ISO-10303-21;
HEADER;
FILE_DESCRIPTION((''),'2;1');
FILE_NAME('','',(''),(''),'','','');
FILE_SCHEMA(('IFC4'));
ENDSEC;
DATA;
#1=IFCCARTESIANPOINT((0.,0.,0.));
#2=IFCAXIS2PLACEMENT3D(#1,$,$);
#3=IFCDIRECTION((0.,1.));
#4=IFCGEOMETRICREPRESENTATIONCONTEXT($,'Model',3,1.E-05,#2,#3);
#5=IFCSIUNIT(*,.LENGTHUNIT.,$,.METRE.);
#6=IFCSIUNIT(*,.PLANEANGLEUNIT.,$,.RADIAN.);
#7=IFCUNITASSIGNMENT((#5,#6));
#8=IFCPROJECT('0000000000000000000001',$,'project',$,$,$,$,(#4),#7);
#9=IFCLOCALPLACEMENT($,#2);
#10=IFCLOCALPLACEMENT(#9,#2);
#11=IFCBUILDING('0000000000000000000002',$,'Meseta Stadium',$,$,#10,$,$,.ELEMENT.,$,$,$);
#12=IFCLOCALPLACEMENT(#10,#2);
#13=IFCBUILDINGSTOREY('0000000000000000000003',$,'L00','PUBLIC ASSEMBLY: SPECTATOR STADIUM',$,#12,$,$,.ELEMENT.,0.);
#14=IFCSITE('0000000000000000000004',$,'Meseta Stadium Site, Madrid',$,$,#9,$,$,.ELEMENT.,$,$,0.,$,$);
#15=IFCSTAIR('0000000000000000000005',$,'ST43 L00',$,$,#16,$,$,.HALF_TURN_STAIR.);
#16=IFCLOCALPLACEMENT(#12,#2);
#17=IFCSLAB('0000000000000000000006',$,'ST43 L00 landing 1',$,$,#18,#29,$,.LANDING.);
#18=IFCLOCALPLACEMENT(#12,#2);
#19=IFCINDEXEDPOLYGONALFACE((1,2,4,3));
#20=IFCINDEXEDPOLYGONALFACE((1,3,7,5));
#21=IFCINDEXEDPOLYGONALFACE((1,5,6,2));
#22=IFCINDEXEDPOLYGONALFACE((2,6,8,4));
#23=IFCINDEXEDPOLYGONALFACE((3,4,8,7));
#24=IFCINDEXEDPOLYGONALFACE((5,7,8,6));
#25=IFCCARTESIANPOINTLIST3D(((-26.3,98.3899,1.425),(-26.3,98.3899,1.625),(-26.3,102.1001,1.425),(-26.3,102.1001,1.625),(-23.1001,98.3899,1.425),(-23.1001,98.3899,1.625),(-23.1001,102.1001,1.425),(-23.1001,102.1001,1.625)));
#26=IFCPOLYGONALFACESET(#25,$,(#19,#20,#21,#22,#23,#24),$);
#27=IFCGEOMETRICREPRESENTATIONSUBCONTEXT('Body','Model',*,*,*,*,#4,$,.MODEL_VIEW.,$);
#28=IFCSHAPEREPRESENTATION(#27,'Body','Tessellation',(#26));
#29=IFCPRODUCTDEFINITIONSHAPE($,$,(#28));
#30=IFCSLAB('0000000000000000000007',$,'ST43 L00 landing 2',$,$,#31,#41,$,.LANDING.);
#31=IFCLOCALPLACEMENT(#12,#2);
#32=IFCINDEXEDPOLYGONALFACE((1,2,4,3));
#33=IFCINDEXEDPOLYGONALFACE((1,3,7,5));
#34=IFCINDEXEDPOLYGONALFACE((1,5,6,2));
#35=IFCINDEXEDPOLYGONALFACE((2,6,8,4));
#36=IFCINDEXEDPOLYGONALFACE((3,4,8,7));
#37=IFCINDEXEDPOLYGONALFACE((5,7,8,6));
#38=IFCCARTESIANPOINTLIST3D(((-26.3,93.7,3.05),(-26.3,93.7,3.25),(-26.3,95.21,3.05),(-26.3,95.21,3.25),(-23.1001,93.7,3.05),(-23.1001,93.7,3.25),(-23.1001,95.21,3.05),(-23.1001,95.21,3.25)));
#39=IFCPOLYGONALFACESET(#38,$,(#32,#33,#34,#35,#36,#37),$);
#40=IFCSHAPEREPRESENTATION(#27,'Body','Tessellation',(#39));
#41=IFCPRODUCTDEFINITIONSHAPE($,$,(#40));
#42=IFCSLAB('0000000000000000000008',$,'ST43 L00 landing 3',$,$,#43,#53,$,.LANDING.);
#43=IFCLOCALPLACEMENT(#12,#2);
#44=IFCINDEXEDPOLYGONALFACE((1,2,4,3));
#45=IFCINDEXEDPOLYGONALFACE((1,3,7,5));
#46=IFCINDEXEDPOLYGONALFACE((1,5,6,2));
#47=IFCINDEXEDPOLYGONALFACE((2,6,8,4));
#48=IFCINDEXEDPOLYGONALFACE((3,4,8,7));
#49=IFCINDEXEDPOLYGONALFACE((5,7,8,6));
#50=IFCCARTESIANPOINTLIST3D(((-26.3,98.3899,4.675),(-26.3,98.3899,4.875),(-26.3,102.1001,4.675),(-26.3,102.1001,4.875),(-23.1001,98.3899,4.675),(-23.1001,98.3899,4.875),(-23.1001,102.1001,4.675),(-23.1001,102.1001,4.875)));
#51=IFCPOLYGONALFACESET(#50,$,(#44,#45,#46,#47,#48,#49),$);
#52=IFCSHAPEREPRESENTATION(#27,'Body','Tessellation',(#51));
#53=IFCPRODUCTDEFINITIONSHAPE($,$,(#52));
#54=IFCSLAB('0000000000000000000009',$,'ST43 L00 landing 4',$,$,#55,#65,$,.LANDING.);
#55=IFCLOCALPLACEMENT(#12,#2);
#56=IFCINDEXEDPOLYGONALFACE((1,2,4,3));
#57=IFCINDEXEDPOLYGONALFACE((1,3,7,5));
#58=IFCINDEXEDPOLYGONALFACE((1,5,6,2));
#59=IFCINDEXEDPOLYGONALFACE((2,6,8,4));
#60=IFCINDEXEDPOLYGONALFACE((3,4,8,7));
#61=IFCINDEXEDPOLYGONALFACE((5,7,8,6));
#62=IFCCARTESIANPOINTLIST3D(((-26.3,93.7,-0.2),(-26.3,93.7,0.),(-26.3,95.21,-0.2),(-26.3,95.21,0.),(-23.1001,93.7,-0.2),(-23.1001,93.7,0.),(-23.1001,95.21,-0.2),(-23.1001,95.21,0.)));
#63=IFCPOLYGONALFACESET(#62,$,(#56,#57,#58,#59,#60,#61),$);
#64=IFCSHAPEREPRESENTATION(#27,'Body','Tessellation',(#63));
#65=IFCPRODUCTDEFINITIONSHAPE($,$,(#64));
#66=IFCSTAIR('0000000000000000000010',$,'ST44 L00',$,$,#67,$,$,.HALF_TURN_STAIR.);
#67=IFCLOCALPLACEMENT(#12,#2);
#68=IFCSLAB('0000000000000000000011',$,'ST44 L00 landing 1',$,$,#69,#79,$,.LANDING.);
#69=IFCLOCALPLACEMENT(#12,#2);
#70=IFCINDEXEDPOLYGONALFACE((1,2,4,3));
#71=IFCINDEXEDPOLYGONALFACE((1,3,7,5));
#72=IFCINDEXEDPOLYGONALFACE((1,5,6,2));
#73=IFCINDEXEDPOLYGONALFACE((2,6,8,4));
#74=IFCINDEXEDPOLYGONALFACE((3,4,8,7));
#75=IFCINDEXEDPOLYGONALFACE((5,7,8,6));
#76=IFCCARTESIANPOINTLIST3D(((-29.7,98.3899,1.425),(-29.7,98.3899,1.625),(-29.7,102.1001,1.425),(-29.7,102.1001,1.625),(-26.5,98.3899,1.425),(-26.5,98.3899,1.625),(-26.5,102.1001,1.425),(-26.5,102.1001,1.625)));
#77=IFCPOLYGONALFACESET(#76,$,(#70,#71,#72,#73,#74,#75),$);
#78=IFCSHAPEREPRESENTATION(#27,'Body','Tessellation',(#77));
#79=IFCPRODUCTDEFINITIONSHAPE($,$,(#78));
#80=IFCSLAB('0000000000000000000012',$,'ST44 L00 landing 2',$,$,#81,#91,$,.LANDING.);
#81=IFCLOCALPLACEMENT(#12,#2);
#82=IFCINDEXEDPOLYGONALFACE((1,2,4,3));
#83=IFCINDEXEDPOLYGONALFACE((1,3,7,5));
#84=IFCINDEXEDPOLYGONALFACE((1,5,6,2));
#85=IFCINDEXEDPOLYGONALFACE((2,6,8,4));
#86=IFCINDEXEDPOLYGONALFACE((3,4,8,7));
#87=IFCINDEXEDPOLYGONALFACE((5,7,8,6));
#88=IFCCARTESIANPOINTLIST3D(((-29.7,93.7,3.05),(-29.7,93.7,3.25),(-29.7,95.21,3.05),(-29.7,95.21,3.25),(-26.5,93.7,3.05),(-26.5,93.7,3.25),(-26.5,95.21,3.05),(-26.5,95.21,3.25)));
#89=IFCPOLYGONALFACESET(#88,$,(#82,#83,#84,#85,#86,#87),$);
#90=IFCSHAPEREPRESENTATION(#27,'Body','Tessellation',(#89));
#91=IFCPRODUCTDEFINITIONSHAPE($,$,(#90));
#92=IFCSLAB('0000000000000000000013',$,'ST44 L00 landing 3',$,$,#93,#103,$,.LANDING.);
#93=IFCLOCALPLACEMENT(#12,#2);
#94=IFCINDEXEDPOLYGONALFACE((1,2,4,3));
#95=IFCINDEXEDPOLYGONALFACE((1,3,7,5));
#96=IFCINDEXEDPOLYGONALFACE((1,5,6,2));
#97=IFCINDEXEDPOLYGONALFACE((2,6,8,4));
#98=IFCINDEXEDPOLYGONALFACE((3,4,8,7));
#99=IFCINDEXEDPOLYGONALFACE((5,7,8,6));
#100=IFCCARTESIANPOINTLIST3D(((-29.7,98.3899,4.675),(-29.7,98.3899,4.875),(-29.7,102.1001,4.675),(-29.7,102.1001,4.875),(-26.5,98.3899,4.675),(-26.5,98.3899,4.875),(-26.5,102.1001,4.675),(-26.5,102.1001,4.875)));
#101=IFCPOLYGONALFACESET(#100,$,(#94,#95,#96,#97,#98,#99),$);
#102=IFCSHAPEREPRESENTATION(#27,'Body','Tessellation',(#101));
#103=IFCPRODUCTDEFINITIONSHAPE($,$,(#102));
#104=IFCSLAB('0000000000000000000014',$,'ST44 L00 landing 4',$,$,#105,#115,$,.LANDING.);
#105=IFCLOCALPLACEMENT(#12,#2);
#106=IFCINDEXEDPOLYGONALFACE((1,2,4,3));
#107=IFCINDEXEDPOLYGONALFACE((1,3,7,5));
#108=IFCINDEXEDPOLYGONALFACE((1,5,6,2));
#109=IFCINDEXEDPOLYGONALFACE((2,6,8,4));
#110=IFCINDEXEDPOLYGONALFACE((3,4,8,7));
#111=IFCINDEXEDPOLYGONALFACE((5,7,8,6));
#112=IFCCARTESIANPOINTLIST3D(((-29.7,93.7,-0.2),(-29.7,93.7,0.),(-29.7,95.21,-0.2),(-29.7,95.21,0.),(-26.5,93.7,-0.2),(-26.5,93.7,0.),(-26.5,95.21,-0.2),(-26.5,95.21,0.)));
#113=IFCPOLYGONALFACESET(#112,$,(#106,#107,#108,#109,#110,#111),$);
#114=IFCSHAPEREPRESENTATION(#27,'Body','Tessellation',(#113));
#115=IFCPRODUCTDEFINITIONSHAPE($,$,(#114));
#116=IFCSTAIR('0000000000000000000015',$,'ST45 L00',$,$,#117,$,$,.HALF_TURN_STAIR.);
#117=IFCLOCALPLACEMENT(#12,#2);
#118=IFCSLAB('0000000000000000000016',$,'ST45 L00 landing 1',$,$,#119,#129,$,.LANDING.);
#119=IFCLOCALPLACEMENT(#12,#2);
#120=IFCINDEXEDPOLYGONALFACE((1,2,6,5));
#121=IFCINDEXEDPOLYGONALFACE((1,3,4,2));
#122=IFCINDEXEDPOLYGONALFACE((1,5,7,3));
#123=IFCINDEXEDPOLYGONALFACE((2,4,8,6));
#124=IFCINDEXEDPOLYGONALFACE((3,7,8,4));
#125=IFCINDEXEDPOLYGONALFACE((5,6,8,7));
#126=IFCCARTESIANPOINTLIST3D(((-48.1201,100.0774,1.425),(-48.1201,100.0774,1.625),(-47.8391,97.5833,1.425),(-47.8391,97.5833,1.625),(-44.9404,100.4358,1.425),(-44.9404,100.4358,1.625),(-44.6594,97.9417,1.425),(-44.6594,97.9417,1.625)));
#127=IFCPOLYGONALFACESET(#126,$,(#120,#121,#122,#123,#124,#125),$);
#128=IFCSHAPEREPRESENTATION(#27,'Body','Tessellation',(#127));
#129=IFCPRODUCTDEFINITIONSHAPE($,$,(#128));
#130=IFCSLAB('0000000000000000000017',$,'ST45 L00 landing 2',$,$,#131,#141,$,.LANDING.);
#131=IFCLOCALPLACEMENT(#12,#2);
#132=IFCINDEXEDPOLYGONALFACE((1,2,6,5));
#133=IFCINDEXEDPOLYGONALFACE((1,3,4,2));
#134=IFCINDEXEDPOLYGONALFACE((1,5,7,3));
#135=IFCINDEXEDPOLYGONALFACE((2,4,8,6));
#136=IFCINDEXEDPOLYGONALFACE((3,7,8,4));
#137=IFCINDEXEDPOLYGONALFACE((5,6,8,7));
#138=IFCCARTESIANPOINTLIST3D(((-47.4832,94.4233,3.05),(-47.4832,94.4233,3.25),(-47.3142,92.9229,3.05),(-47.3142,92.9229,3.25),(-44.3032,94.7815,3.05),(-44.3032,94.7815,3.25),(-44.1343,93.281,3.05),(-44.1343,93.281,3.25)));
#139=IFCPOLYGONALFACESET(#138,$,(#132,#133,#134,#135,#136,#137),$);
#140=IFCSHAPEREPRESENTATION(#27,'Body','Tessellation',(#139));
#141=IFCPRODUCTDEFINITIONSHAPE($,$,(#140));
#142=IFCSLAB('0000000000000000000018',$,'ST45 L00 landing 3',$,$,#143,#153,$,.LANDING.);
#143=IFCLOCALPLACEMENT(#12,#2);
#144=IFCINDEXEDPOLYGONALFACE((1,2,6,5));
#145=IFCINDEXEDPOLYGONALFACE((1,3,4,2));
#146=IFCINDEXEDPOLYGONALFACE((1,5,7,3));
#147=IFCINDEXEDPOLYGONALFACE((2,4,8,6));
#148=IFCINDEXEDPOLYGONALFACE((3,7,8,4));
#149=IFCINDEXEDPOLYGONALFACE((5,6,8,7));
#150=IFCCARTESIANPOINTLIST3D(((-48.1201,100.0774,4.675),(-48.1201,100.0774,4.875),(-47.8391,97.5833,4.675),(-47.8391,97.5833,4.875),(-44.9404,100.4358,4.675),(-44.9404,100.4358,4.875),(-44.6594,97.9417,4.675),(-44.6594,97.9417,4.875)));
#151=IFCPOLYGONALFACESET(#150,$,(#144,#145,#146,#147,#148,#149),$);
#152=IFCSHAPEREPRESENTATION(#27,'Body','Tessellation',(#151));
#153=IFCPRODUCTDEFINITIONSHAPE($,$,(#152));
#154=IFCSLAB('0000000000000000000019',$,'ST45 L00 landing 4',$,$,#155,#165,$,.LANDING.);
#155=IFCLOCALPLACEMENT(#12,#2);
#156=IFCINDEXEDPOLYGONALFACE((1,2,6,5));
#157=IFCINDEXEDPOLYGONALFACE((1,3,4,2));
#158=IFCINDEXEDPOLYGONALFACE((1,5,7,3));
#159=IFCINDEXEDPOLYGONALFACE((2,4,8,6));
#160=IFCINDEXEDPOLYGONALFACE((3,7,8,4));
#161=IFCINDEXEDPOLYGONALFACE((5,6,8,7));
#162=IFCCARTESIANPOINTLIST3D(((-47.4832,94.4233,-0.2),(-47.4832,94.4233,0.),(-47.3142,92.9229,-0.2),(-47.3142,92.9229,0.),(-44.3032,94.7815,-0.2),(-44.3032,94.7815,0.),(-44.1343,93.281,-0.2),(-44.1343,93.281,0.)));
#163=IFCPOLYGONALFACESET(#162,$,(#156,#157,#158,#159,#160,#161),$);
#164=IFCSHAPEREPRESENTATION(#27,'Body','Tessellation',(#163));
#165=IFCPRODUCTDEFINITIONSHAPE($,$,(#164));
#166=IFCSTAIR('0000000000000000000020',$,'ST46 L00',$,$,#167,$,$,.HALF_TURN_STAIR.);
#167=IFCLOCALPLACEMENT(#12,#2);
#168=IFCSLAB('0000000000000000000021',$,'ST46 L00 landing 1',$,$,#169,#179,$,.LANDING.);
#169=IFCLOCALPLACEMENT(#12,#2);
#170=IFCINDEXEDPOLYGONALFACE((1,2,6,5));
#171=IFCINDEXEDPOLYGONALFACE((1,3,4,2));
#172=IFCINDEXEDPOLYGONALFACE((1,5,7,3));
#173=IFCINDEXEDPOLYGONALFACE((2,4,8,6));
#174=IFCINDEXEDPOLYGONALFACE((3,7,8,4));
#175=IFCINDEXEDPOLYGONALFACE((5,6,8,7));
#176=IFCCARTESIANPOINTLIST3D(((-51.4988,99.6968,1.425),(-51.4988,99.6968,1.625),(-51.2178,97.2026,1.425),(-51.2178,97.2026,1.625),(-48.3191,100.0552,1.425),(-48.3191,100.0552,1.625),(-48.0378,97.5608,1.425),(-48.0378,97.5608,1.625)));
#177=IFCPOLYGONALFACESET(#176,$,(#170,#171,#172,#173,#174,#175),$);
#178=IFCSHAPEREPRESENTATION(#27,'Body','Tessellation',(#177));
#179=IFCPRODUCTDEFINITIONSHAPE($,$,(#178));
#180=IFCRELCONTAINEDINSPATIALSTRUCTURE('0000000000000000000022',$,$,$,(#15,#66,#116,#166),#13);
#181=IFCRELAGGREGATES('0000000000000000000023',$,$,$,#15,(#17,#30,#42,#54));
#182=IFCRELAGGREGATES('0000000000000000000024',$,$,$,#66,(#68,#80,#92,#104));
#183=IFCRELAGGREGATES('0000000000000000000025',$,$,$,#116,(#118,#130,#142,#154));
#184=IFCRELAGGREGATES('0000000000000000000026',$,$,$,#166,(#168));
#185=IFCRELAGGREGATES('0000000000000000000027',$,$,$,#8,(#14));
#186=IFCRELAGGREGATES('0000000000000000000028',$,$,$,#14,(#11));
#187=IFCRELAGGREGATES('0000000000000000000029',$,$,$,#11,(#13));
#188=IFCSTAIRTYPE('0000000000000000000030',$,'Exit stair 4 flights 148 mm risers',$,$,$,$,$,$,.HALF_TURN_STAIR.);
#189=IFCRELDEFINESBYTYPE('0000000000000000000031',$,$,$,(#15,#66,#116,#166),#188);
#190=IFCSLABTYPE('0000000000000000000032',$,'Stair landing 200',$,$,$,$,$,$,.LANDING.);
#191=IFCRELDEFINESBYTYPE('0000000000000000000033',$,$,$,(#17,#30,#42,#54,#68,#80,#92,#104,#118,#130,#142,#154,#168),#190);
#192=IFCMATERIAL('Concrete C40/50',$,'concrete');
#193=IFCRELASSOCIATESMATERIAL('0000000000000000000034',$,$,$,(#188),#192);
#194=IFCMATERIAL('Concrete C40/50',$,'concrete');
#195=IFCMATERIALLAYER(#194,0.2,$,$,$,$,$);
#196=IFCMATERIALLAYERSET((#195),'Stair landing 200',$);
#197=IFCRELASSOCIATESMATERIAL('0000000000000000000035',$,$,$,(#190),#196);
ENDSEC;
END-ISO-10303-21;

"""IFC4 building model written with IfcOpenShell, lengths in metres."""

from ifc_helpers import new_model, si_unit, direction, frame, origin, place, context, subcontext, project, spatial, polyline, outline, extrude, material, layer, layer_set, type_object, element, aggregate, save


model = new_model("IFC4")

# Units and contexts
model_context = context("Model", 3, precision=1e-05, world=origin(), true_north=direction((0.0, 1.0)))
body_context = subcontext(model_context, "Body", "Model", "MODEL_VIEW")
ifc_project = project(units=[si_unit("LENGTHUNIT", "METRE"), si_unit("PLANEANGLEUNIT", "RADIAN")], contexts=[model_context])

# Site, building, storey
site_placement = place(None, origin())
site = spatial("IfcSite", under=ifc_project, at=site_placement, Name="Meseta Stadium Site, Madrid", CompositionType="ELEMENT", RefElevation=0.0)
building_placement = place(site_placement, origin())
building = spatial("IfcBuilding", under=site, at=building_placement, Name="Meseta Stadium", CompositionType="ELEMENT")
storey_placement = place(building_placement, origin())
storey = spatial("IfcBuildingStorey", under=building, at=storey_placement, Name="L00", Description="PUBLIC ASSEMBLY: SPECTATOR STADIUM", CompositionType="ELEMENT", Elevation=0.0)

# Stairs, slabs
ifc_material_1 = material(Name="Concrete C40/50", Category="concrete")
stair_type = type_object("IfcStairType", Name="Exit stair 4 flights 148 mm risers", PredefinedType="HALF_TURN_STAIR", material=ifc_material_1)
ifc_material_2 = material(Name="Concrete C40/50", Category="concrete")
ifc_layer_1 = layer(ifc_material_2, 0.2)
ifc_layer_set_1 = layer_set([ifc_layer_1], Name="Stair landing 200")
slab_type_1 = type_object("IfcSlabType", Name="Stair landing 200", PredefinedType="LANDING", material=ifc_layer_set_1)
stair_1_placement = place(storey_placement, origin())
stair_1 = element("IfcStair", 1, at=stair_1_placement, inside=storey, type_object=stair_type, Name="ST43 L00", PredefinedType="HALF_TURN_STAIR")
slab_1_placement = place(storey_placement, frame((0.0, 0.0, 1.425)))
slab_1 = element("IfcSlab", 2, at=slab_1_placement, type_object=slab_type_1, Name="ST43 L00 landing 1", PredefinedType="LANDING", context=body_context, shape_type="SweptSolid", body=[
    extrude(outline(polyline([(-23.1001, 98.3899), (-23.1001, 102.1001), (-26.3, 102.1001), (-26.3, 98.3899), (-23.1001, 98.3899)])), origin(), (0.0, 0.0, 1.0), 0.2),
])
slab_2_placement = place(storey_placement, frame((0.0, 0.0, 3.05)))
slab_2 = element("IfcSlab", 3, at=slab_2_placement, type_object=slab_type_1, Name="ST43 L00 landing 2", PredefinedType="LANDING", context=body_context, shape_type="SweptSolid", body=[
    extrude(outline(polyline([(-23.1001, 93.7), (-23.1001, 95.21), (-26.3, 95.21), (-26.3, 93.7), (-23.1001, 93.7)])), origin(), (0.0, 0.0, 1.0), 0.2),
])
slab_3_placement = place(storey_placement, frame((0.0, 0.0, 4.675)))
slab_3 = element("IfcSlab", 4, at=slab_3_placement, type_object=slab_type_1, Name="ST43 L00 landing 3", PredefinedType="LANDING", context=body_context, shape_type="SweptSolid", body=[
    extrude(outline(polyline([(-23.1001, 98.3899), (-23.1001, 102.1001), (-26.3, 102.1001), (-26.3, 98.3899), (-23.1001, 98.3899)])), origin(), (0.0, 0.0, 1.0), 0.2),
])
slab_4_placement = place(storey_placement, frame((0.0, 0.0, -0.2)))
slab_4 = element("IfcSlab", 5, at=slab_4_placement, type_object=slab_type_1, Name="ST43 L00 landing 4", PredefinedType="LANDING", context=body_context, shape_type="SweptSolid", body=[
    extrude(outline(polyline([(-23.1001, 93.7), (-23.1001, 95.21), (-26.3, 95.21), (-26.3, 93.7), (-23.1001, 93.7)])), origin(), (0.0, 0.0, 1.0), 0.2),
])
aggregate(stair_1, [slab_1, slab_2, slab_3, slab_4])
stair_2_placement = place(storey_placement, origin())
stair_2 = element("IfcStair", 6, at=stair_2_placement, inside=storey, type_object=stair_type, Name="ST44 L00", PredefinedType="HALF_TURN_STAIR")
slab_5_placement = place(storey_placement, frame((0.0, 0.0, 1.425)))
slab_5 = element("IfcSlab", 7, at=slab_5_placement, type_object=slab_type_1, Name="ST44 L00 landing 1", PredefinedType="LANDING", context=body_context, shape_type="SweptSolid", body=[
    extrude(outline(polyline([(-26.5, 98.3899), (-26.5, 102.1001), (-29.7, 102.1001), (-29.7, 98.3899), (-26.5, 98.3899)])), origin(), (0.0, 0.0, 1.0), 0.2),
])
slab_6_placement = place(storey_placement, frame((0.0, 0.0, 3.05)))
slab_6 = element("IfcSlab", 8, at=slab_6_placement, type_object=slab_type_1, Name="ST44 L00 landing 2", PredefinedType="LANDING", context=body_context, shape_type="SweptSolid", body=[
    extrude(outline(polyline([(-26.5, 93.7), (-26.5, 95.21), (-29.7, 95.21), (-29.7, 93.7), (-26.5, 93.7)])), origin(), (0.0, 0.0, 1.0), 0.2),
])
slab_7_placement = place(storey_placement, frame((0.0, 0.0, 4.675)))
slab_7 = element("IfcSlab", 9, at=slab_7_placement, type_object=slab_type_1, Name="ST44 L00 landing 3", PredefinedType="LANDING", context=body_context, shape_type="SweptSolid", body=[
    extrude(outline(polyline([(-26.5, 98.3899), (-26.5, 102.1001), (-29.7, 102.1001), (-29.7, 98.3899), (-26.5, 98.3899)])), origin(), (0.0, 0.0, 1.0), 0.2),
])
slab_8_placement = place(storey_placement, frame((0.0, 0.0, -0.2)))
slab_8 = element("IfcSlab", 10, at=slab_8_placement, type_object=slab_type_1, Name="ST44 L00 landing 4", PredefinedType="LANDING", context=body_context, shape_type="SweptSolid", body=[
    extrude(outline(polyline([(-26.5, 93.7), (-26.5, 95.21), (-29.7, 95.21), (-29.7, 93.7), (-26.5, 93.7)])), origin(), (0.0, 0.0, 1.0), 0.2),
])
aggregate(stair_2, [slab_5, slab_6, slab_7, slab_8])
stair_3_placement = place(storey_placement, origin())
stair_3 = element("IfcStair", 11, at=stair_3_placement, inside=storey, type_object=stair_type, Name="ST45 L00", PredefinedType="HALF_TURN_STAIR")
slab_9_placement = place(storey_placement, frame((0.0, 0.0, 1.425)))
slab_9 = element("IfcSlab", 12, at=slab_9_placement, type_object=slab_type_1, Name="ST45 L00 landing 1", PredefinedType="LANDING", context=body_context, shape_type="SweptSolid", body=[
    extrude(outline(polyline([(-44.6594, 97.9417), (-44.9404, 100.4358), (-48.1201, 100.0774), (-47.8391, 97.5833), (-44.6594, 97.9417)])), origin(), (0.0, 0.0, 1.0), 0.2),
])
slab_10_placement = place(storey_placement, frame((0.0, 0.0, 3.05)))
slab_10 = element("IfcSlab", 13, at=slab_10_placement, type_object=slab_type_1, Name="ST45 L00 landing 2", PredefinedType="LANDING", context=body_context, shape_type="SweptSolid", body=[
    extrude(outline(polyline([(-44.1343, 93.281), (-44.3032, 94.7815), (-47.4832, 94.4233), (-47.3142, 92.9229), (-44.1343, 93.281)])), origin(), (0.0, 0.0, 1.0), 0.2),
])
slab_11_placement = place(storey_placement, frame((0.0, 0.0, 4.675)))
slab_11 = element("IfcSlab", 14, at=slab_11_placement, type_object=slab_type_1, Name="ST45 L00 landing 3", PredefinedType="LANDING", context=body_context, shape_type="SweptSolid", body=[
    extrude(outline(polyline([(-44.6594, 97.9417), (-44.9404, 100.4358), (-48.1201, 100.0774), (-47.8391, 97.5833), (-44.6594, 97.9417)])), origin(), (0.0, 0.0, 1.0), 0.2),
])
slab_12_placement = place(storey_placement, frame((0.0, 0.0, -0.2)))
slab_12 = element("IfcSlab", 15, at=slab_12_placement, type_object=slab_type_1, Name="ST45 L00 landing 4", PredefinedType="LANDING", context=body_context, shape_type="SweptSolid", body=[
    extrude(outline(polyline([(-44.1343, 93.281), (-44.3032, 94.7815), (-47.4832, 94.4233), (-47.3142, 92.9229), (-44.1343, 93.281)])), origin(), (0.0, 0.0, 1.0), 0.2),
])
aggregate(stair_3, [slab_9, slab_10, slab_11, slab_12])

# Stair, slab
stair_4_placement = place(storey_placement, origin())
stair_4 = element("IfcStair", 16, at=stair_4_placement, inside=storey, type_object=stair_type, Name="ST46 L00", PredefinedType="HALF_TURN_STAIR")
slab_13_placement = place(storey_placement, frame((0.0, 0.0, 1.425)))
slab_13 = element("IfcSlab", 17, at=slab_13_placement, type_object=slab_type_1, Name="ST46 L00 landing 1", PredefinedType="LANDING", context=body_context, shape_type="SweptSolid", body=[
    extrude(outline(polyline([(-48.0378, 97.5608), (-48.3191, 100.0552), (-51.4988, 99.6968), (-51.2178, 97.2026), (-48.0378, 97.5608)])), origin(), (0.0, 0.0, 1.0), 0.2),
])
aggregate(stair_4, [slab_13])

save(model, "model.ifc")
